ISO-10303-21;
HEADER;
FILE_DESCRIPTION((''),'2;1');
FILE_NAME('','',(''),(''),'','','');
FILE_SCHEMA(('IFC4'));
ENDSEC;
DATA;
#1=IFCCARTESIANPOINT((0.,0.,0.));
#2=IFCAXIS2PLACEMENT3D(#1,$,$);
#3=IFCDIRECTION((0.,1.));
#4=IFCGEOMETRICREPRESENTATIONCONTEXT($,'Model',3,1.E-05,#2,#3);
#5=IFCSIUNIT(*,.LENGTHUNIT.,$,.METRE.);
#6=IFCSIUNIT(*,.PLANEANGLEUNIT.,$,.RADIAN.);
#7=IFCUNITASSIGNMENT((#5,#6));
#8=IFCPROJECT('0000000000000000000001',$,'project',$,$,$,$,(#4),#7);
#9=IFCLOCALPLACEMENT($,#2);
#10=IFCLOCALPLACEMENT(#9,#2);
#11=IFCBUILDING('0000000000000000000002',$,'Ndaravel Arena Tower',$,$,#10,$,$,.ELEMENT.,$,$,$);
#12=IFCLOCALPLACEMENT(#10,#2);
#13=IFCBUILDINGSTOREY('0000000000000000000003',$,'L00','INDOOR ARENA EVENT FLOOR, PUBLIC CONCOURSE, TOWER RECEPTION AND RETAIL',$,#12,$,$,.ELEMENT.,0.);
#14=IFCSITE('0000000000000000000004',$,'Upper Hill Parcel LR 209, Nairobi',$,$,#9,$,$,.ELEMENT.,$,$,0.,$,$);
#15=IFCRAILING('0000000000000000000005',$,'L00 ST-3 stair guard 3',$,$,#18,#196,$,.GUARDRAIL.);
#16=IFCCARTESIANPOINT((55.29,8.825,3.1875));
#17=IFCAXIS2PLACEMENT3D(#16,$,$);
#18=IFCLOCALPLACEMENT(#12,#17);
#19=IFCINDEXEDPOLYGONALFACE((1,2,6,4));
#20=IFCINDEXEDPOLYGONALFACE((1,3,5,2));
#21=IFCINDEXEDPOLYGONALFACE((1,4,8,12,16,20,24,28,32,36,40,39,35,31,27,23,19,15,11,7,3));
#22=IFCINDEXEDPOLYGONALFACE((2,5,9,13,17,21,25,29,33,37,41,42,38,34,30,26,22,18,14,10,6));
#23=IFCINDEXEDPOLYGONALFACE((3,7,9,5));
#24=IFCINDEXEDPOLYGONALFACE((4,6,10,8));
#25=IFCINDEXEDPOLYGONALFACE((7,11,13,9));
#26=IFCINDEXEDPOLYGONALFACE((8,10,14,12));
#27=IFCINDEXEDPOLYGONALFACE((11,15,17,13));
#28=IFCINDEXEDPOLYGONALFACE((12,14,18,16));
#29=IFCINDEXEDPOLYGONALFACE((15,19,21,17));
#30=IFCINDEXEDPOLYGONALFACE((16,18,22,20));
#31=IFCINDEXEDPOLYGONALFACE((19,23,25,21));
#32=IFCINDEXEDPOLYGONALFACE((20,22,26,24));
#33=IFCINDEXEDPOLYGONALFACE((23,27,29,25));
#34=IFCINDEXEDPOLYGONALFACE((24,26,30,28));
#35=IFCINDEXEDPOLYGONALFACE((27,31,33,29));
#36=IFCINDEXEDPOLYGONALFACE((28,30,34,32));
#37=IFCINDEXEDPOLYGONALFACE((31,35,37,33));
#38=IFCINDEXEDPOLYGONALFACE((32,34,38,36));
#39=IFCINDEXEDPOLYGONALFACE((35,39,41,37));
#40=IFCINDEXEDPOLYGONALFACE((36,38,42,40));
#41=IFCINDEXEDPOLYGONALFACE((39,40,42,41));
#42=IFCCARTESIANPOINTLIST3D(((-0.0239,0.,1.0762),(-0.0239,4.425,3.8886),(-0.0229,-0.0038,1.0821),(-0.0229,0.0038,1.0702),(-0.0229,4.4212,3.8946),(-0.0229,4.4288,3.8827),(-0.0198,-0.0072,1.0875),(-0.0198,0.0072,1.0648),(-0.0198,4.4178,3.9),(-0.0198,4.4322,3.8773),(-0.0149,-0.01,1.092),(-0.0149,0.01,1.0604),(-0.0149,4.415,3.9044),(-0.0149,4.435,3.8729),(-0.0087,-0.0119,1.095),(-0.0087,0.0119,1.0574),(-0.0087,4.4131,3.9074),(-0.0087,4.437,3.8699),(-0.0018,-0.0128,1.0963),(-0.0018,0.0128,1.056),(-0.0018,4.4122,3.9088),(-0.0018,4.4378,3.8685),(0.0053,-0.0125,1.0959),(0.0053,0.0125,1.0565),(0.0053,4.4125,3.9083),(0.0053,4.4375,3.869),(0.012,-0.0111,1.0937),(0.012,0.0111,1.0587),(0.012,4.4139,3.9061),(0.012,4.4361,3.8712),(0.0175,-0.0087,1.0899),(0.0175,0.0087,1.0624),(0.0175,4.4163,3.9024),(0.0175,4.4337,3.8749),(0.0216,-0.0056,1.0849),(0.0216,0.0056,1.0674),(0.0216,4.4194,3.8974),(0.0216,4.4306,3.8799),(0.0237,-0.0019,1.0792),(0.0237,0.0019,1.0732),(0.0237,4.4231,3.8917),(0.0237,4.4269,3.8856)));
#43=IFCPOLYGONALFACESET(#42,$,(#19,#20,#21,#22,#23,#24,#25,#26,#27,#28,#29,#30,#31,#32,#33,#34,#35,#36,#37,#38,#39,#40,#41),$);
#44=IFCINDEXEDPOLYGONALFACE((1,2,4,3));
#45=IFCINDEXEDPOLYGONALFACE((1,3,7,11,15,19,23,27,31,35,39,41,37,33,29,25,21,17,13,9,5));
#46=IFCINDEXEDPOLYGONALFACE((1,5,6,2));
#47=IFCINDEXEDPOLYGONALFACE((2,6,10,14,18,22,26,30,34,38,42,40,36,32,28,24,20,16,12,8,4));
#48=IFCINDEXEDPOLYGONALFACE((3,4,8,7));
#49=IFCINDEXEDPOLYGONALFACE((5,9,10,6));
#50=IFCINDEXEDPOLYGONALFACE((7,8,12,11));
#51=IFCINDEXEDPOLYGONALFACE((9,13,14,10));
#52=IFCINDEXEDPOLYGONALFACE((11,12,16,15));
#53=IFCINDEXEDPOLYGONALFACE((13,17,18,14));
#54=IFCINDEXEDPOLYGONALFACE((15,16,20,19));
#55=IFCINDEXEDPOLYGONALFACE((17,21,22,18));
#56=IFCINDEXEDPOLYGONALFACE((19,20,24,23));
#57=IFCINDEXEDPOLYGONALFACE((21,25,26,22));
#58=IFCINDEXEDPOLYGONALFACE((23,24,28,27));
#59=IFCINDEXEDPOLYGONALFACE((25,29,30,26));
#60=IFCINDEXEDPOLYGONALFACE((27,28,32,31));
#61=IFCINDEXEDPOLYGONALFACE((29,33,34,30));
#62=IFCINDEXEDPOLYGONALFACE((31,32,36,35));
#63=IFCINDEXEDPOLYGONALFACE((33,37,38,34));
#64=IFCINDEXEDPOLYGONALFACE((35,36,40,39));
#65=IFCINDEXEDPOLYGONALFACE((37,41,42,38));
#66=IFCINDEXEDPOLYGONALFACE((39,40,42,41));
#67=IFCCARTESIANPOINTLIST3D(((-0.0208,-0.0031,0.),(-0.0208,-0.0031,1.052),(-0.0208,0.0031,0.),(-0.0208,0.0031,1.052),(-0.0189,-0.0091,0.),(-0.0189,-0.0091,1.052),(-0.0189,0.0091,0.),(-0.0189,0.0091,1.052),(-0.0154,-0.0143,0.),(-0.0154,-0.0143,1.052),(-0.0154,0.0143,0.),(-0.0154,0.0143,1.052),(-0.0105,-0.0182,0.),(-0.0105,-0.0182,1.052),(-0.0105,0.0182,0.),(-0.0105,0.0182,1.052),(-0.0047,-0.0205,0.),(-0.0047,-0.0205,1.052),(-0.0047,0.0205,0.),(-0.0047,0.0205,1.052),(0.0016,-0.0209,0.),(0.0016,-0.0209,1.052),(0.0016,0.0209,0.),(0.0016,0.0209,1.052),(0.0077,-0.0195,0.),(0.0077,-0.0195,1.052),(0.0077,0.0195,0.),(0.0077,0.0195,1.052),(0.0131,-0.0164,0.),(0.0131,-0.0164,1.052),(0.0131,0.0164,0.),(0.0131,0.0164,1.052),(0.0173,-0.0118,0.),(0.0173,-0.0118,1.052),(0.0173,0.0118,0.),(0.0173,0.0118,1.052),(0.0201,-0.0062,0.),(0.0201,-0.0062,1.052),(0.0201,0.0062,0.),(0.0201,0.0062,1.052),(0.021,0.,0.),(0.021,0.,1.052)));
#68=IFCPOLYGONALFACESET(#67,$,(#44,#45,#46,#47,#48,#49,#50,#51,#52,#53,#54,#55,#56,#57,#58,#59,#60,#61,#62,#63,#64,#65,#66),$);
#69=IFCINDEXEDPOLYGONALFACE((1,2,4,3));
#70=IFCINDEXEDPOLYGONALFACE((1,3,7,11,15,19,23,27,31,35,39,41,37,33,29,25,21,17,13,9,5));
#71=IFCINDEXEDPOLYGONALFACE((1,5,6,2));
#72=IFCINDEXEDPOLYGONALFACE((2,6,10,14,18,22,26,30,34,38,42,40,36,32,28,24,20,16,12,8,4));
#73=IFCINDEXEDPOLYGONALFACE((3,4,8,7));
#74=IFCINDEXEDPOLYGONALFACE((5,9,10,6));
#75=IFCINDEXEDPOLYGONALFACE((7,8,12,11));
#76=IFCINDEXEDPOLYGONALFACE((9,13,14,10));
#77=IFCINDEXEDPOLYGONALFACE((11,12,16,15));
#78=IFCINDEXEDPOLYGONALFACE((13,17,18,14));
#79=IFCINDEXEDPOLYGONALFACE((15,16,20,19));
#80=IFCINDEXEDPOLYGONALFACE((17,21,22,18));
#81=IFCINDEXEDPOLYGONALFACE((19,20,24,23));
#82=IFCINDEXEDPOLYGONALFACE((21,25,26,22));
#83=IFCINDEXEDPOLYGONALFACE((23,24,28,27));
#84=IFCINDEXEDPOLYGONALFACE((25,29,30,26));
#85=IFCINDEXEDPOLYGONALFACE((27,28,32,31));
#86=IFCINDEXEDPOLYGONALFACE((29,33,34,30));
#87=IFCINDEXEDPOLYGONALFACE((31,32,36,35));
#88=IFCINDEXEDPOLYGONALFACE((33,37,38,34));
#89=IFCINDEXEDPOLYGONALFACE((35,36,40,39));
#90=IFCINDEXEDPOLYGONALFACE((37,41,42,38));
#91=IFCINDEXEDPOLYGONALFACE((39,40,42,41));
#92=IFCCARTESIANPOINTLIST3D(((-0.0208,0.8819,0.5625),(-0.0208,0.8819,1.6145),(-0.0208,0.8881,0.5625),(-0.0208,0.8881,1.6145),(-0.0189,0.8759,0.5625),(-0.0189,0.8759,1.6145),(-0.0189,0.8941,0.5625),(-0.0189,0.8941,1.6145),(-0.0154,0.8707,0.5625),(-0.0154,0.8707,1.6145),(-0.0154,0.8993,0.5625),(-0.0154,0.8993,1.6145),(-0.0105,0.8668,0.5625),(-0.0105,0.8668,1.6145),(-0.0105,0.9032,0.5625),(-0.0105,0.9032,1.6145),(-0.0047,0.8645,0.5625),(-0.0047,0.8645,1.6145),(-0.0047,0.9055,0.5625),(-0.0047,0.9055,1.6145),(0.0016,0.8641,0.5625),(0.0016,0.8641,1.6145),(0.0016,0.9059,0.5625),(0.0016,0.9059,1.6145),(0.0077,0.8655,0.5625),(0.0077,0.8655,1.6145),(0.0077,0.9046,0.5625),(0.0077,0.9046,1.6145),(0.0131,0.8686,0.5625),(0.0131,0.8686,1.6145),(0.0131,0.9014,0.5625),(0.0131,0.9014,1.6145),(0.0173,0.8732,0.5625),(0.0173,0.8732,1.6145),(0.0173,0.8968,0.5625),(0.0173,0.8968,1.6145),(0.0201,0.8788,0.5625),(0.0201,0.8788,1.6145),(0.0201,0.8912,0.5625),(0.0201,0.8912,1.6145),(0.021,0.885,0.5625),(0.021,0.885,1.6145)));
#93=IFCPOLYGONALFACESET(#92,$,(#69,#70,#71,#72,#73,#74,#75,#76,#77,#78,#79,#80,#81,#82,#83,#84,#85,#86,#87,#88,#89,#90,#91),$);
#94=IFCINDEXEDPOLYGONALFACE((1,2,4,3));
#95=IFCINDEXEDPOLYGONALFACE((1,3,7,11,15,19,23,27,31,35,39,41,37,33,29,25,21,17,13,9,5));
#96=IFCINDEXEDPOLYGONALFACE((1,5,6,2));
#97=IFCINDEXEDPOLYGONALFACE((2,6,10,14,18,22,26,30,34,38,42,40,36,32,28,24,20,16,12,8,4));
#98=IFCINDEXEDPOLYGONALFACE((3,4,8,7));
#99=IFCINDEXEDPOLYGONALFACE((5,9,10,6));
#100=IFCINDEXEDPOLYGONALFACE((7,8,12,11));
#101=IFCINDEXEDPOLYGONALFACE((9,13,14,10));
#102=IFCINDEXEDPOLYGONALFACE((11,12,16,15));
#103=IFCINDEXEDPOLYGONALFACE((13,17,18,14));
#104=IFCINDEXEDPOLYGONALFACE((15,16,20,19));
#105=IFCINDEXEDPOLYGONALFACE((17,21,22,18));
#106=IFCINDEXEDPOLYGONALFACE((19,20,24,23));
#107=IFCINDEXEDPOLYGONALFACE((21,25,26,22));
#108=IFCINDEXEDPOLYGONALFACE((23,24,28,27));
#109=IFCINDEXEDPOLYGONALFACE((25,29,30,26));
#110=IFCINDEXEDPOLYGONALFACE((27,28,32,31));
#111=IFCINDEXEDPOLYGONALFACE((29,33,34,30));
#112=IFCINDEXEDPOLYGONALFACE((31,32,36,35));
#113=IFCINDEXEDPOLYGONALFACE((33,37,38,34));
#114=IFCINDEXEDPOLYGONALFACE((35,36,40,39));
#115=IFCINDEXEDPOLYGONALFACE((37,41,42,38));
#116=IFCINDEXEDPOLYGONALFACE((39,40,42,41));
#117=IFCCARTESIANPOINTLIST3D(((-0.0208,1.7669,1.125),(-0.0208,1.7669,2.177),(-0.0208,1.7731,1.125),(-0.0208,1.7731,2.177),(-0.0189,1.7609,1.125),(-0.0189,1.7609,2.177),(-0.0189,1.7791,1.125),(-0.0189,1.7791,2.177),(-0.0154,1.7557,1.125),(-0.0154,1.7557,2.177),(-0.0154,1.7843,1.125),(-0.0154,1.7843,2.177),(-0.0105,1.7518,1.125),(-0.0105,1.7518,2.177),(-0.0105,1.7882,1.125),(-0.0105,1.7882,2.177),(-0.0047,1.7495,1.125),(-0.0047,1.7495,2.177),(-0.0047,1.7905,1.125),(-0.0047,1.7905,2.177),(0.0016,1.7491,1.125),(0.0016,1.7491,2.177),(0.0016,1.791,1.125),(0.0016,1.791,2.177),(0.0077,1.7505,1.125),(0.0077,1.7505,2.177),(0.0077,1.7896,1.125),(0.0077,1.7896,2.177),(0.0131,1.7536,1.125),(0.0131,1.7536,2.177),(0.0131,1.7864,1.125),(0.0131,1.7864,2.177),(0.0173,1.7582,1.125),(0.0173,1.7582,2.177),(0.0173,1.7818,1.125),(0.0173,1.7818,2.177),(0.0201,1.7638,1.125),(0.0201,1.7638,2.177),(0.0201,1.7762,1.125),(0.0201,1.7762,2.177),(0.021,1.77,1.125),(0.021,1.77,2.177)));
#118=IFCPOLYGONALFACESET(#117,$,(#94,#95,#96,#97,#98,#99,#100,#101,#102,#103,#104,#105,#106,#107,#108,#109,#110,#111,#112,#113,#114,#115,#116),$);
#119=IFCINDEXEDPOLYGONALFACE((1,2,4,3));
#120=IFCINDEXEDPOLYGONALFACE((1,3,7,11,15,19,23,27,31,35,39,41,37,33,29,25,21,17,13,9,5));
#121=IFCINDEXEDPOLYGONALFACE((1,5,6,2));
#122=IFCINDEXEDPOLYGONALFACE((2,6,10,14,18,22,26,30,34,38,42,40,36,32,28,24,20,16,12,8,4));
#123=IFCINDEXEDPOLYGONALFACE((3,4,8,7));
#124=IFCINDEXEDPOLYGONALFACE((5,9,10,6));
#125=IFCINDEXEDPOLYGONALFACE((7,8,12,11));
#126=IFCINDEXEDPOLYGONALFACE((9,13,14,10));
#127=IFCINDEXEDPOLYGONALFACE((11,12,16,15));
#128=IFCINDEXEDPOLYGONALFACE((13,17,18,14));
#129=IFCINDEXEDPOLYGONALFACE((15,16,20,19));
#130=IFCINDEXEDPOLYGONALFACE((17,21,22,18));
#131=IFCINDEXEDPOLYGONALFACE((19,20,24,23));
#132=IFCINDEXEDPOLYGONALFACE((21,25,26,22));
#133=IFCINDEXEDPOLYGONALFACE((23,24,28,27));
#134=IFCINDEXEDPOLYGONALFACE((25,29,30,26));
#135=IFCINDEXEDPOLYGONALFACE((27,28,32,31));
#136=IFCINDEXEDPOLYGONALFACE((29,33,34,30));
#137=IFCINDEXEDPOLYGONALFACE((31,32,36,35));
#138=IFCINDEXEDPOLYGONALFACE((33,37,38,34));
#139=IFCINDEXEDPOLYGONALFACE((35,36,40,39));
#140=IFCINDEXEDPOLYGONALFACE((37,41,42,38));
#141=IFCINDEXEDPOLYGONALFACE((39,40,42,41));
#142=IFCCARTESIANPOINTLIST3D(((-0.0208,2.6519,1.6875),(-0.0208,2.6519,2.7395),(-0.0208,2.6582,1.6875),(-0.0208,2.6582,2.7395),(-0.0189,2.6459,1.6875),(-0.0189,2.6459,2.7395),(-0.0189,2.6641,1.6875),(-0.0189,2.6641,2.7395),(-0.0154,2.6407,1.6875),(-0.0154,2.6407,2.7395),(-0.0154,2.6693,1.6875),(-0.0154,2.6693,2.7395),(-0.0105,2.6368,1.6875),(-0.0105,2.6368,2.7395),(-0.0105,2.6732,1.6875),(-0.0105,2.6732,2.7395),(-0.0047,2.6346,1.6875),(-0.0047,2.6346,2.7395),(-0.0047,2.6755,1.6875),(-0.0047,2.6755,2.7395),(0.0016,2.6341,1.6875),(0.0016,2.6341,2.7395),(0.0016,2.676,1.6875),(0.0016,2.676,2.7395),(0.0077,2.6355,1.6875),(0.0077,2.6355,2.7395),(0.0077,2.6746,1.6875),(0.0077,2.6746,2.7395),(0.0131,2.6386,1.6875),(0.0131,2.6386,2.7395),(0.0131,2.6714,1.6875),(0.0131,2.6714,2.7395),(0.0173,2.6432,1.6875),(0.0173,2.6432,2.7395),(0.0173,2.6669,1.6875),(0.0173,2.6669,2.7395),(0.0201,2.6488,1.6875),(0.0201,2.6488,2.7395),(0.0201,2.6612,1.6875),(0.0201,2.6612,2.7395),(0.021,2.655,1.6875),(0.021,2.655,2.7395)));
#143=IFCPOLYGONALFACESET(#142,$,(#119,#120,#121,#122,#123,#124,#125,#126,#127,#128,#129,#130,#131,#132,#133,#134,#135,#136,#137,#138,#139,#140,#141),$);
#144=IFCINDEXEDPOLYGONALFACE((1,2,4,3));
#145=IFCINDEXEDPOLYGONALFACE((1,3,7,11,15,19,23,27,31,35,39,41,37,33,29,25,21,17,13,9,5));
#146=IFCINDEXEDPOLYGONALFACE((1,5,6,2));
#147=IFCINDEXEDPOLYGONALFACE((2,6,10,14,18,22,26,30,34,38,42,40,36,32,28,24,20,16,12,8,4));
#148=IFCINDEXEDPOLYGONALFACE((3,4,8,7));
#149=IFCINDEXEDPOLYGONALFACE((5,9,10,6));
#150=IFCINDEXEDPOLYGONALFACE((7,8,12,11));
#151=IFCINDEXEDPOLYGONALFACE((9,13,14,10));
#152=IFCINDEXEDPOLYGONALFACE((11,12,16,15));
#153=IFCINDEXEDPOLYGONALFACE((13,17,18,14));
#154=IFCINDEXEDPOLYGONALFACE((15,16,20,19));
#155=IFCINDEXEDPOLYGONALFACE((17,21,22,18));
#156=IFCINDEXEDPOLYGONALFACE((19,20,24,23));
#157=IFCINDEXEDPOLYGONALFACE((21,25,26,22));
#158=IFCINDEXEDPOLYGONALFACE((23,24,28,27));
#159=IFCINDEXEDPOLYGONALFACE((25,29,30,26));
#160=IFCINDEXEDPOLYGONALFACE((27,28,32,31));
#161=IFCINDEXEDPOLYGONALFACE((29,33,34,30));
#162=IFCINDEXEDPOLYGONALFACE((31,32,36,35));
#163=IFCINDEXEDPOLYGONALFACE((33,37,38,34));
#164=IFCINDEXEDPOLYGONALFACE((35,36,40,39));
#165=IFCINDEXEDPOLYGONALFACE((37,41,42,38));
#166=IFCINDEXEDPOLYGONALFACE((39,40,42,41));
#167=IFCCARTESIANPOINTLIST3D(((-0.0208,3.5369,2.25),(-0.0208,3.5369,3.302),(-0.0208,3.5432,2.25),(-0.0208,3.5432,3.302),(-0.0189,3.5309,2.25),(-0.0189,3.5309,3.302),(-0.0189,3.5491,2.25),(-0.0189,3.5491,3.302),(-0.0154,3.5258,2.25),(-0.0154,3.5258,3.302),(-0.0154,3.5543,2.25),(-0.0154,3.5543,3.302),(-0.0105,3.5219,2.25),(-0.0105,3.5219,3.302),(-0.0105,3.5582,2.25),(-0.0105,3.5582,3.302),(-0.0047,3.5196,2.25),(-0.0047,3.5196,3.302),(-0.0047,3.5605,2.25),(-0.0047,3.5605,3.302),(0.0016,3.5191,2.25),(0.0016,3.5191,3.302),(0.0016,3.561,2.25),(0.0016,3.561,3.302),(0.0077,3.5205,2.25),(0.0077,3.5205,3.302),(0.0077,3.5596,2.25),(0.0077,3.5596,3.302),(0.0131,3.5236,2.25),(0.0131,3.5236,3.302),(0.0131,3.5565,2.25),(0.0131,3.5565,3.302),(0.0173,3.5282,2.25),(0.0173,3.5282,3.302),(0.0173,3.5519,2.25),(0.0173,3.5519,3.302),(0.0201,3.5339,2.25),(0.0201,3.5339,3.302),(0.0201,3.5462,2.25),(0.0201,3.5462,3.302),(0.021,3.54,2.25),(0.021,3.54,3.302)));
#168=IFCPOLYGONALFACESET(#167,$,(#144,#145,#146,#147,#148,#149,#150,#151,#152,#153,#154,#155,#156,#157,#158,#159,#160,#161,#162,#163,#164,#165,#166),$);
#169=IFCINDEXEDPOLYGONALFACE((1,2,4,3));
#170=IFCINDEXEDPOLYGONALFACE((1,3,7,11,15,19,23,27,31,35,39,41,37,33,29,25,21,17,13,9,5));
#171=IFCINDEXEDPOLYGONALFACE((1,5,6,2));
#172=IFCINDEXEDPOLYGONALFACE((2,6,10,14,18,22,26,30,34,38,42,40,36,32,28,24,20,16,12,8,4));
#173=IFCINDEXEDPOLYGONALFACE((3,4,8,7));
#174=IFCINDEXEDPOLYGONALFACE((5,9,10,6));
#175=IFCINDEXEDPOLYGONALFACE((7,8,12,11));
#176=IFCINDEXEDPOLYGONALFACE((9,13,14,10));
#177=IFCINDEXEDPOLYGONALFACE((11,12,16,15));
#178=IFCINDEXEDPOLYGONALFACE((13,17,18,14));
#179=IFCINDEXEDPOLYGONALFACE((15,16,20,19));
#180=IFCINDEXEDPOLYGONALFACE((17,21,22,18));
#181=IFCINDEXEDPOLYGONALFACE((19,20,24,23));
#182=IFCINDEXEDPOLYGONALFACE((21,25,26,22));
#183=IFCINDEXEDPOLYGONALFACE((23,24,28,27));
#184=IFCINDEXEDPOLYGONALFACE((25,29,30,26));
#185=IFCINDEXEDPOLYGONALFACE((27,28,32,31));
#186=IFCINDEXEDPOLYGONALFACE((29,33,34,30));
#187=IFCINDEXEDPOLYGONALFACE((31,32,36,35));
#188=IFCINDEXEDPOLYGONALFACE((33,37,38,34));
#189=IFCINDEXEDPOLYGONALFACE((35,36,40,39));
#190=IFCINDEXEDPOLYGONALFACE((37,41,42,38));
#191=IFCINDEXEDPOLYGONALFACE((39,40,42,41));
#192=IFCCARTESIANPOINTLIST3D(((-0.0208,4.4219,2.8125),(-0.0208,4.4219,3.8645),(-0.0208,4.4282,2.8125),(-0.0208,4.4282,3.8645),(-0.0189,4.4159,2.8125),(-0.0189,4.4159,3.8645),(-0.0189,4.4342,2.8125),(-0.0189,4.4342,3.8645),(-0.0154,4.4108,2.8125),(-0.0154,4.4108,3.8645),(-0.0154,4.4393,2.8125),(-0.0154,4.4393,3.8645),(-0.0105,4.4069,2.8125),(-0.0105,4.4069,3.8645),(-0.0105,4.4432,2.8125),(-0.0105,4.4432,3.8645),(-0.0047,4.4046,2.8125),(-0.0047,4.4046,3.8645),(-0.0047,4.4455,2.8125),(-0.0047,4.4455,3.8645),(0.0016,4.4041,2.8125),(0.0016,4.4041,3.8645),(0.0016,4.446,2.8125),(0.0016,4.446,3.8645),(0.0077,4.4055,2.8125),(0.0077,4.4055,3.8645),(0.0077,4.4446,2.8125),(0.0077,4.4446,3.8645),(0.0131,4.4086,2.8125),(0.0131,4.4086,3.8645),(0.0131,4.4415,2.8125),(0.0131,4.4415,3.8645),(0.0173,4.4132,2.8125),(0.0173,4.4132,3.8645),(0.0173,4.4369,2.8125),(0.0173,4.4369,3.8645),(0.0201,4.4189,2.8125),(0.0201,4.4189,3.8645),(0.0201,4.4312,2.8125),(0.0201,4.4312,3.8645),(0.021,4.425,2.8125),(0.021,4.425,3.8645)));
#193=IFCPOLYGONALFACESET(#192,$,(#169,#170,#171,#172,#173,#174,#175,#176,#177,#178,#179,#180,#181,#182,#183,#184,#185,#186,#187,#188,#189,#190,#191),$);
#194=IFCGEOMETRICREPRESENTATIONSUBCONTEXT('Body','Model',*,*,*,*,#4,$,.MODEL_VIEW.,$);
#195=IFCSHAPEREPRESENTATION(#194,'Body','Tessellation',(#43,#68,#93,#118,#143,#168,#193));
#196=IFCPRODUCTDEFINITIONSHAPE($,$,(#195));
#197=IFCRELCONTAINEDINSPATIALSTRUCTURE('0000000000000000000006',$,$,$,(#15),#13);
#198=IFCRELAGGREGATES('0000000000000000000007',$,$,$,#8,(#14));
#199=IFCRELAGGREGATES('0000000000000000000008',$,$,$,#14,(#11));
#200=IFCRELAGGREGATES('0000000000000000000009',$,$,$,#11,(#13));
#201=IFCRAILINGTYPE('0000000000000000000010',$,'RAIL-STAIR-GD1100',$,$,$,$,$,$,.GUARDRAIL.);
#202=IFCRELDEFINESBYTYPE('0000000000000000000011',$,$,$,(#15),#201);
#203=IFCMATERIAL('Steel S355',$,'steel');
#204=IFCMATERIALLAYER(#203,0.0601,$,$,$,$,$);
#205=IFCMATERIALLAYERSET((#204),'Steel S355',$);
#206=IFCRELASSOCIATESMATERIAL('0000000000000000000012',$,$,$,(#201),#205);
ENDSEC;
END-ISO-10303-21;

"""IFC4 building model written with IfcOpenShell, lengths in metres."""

from ifc_helpers import new_model, si_unit, direction, frame, origin, origin_2d, place, context, subcontext, project, spatial, circle, extrude, material, layer, layer_set, type_object, element, save


model = new_model("IFC4")

# Units and contexts
model_context = context("Model", 3, precision=1e-05, world=origin(), true_north=direction((0.0, 1.0)))
body_context = subcontext(model_context, "Body", "Model", "MODEL_VIEW")
ifc_project = project(units=[si_unit("LENGTHUNIT", "METRE"), si_unit("PLANEANGLEUNIT", "RADIAN")], contexts=[model_context])

# Site, building, storey
site_placement = place(None, origin())
site = spatial("IfcSite", under=ifc_project, at=site_placement, Name="Upper Hill Parcel LR 209, Nairobi", CompositionType="ELEMENT", RefElevation=0.0)
building_placement = place(site_placement, origin())
building = spatial("IfcBuilding", under=site, at=building_placement, Name="Ndaravel Arena Tower", CompositionType="ELEMENT")
storey_placement = place(building_placement, origin())
storey = spatial("IfcBuildingStorey", under=building, at=storey_placement, Name="L00", Description="INDOOR ARENA EVENT FLOOR, PUBLIC CONCOURSE, TOWER RECEPTION AND RETAIL", CompositionType="ELEMENT", Elevation=0.0)

# Railing
ifc_material_1 = material(Name="Steel S355", Category="steel")
ifc_layer_1 = layer(ifc_material_1, 0.0601)
ifc_layer_set_1 = layer_set([ifc_layer_1], Name="Steel S355")
railing_type_1 = type_object("IfcRailingType", Name="RAIL-STAIR-GD1100", PredefinedType="GUARDRAIL", material=ifc_layer_set_1)
railing_1_placement = place(storey_placement, frame((55.29, 8.825, 3.1875)))
element("IfcRailing", 1, at=railing_1_placement, inside=storey, type_object=railing_type_1, Name="L00 ST-3 stair guard 3", PredefinedType="GUARDRAIL", context=body_context, shape_type="SweptSolid", body=[
    extrude(circle(Radius=0.0239, at=origin_2d()), frame((0.0, 0.0, 1.0762), z_axis=(0.0, 0.843959, 0.536408), x_axis=(-1.0, 0.0, 0.0)), (0.0, 0.0, 1.0), 5.2432),
    extrude(circle(Radius=0.021, at=origin_2d()), origin(), (0.0, 0.0, 1.0), 1.052),
    extrude(circle(Radius=0.021, at=origin_2d()), frame((0.0, 0.885, 0.5625)), (0.0, 0.0, 1.0), 1.052),
    extrude(circle(Radius=0.021, at=origin_2d()), frame((0.0, 1.77, 1.125)), (0.0, 0.0, 1.0), 1.052),
    extrude(circle(Radius=0.021, at=origin_2d()), frame((0.0, 2.655, 1.6875)), (0.0, 0.0, 1.0), 1.052),
    extrude(circle(Radius=0.021, at=origin_2d()), frame((0.0, 3.54, 2.25)), (0.0, 0.0, 1.0), 1.052),
    extrude(circle(Radius=0.021, at=origin_2d()), frame((0.0, 4.425, 2.8125)), (0.0, 0.0, 1.0), 1.052),
])

save(model, "model.ifc")
